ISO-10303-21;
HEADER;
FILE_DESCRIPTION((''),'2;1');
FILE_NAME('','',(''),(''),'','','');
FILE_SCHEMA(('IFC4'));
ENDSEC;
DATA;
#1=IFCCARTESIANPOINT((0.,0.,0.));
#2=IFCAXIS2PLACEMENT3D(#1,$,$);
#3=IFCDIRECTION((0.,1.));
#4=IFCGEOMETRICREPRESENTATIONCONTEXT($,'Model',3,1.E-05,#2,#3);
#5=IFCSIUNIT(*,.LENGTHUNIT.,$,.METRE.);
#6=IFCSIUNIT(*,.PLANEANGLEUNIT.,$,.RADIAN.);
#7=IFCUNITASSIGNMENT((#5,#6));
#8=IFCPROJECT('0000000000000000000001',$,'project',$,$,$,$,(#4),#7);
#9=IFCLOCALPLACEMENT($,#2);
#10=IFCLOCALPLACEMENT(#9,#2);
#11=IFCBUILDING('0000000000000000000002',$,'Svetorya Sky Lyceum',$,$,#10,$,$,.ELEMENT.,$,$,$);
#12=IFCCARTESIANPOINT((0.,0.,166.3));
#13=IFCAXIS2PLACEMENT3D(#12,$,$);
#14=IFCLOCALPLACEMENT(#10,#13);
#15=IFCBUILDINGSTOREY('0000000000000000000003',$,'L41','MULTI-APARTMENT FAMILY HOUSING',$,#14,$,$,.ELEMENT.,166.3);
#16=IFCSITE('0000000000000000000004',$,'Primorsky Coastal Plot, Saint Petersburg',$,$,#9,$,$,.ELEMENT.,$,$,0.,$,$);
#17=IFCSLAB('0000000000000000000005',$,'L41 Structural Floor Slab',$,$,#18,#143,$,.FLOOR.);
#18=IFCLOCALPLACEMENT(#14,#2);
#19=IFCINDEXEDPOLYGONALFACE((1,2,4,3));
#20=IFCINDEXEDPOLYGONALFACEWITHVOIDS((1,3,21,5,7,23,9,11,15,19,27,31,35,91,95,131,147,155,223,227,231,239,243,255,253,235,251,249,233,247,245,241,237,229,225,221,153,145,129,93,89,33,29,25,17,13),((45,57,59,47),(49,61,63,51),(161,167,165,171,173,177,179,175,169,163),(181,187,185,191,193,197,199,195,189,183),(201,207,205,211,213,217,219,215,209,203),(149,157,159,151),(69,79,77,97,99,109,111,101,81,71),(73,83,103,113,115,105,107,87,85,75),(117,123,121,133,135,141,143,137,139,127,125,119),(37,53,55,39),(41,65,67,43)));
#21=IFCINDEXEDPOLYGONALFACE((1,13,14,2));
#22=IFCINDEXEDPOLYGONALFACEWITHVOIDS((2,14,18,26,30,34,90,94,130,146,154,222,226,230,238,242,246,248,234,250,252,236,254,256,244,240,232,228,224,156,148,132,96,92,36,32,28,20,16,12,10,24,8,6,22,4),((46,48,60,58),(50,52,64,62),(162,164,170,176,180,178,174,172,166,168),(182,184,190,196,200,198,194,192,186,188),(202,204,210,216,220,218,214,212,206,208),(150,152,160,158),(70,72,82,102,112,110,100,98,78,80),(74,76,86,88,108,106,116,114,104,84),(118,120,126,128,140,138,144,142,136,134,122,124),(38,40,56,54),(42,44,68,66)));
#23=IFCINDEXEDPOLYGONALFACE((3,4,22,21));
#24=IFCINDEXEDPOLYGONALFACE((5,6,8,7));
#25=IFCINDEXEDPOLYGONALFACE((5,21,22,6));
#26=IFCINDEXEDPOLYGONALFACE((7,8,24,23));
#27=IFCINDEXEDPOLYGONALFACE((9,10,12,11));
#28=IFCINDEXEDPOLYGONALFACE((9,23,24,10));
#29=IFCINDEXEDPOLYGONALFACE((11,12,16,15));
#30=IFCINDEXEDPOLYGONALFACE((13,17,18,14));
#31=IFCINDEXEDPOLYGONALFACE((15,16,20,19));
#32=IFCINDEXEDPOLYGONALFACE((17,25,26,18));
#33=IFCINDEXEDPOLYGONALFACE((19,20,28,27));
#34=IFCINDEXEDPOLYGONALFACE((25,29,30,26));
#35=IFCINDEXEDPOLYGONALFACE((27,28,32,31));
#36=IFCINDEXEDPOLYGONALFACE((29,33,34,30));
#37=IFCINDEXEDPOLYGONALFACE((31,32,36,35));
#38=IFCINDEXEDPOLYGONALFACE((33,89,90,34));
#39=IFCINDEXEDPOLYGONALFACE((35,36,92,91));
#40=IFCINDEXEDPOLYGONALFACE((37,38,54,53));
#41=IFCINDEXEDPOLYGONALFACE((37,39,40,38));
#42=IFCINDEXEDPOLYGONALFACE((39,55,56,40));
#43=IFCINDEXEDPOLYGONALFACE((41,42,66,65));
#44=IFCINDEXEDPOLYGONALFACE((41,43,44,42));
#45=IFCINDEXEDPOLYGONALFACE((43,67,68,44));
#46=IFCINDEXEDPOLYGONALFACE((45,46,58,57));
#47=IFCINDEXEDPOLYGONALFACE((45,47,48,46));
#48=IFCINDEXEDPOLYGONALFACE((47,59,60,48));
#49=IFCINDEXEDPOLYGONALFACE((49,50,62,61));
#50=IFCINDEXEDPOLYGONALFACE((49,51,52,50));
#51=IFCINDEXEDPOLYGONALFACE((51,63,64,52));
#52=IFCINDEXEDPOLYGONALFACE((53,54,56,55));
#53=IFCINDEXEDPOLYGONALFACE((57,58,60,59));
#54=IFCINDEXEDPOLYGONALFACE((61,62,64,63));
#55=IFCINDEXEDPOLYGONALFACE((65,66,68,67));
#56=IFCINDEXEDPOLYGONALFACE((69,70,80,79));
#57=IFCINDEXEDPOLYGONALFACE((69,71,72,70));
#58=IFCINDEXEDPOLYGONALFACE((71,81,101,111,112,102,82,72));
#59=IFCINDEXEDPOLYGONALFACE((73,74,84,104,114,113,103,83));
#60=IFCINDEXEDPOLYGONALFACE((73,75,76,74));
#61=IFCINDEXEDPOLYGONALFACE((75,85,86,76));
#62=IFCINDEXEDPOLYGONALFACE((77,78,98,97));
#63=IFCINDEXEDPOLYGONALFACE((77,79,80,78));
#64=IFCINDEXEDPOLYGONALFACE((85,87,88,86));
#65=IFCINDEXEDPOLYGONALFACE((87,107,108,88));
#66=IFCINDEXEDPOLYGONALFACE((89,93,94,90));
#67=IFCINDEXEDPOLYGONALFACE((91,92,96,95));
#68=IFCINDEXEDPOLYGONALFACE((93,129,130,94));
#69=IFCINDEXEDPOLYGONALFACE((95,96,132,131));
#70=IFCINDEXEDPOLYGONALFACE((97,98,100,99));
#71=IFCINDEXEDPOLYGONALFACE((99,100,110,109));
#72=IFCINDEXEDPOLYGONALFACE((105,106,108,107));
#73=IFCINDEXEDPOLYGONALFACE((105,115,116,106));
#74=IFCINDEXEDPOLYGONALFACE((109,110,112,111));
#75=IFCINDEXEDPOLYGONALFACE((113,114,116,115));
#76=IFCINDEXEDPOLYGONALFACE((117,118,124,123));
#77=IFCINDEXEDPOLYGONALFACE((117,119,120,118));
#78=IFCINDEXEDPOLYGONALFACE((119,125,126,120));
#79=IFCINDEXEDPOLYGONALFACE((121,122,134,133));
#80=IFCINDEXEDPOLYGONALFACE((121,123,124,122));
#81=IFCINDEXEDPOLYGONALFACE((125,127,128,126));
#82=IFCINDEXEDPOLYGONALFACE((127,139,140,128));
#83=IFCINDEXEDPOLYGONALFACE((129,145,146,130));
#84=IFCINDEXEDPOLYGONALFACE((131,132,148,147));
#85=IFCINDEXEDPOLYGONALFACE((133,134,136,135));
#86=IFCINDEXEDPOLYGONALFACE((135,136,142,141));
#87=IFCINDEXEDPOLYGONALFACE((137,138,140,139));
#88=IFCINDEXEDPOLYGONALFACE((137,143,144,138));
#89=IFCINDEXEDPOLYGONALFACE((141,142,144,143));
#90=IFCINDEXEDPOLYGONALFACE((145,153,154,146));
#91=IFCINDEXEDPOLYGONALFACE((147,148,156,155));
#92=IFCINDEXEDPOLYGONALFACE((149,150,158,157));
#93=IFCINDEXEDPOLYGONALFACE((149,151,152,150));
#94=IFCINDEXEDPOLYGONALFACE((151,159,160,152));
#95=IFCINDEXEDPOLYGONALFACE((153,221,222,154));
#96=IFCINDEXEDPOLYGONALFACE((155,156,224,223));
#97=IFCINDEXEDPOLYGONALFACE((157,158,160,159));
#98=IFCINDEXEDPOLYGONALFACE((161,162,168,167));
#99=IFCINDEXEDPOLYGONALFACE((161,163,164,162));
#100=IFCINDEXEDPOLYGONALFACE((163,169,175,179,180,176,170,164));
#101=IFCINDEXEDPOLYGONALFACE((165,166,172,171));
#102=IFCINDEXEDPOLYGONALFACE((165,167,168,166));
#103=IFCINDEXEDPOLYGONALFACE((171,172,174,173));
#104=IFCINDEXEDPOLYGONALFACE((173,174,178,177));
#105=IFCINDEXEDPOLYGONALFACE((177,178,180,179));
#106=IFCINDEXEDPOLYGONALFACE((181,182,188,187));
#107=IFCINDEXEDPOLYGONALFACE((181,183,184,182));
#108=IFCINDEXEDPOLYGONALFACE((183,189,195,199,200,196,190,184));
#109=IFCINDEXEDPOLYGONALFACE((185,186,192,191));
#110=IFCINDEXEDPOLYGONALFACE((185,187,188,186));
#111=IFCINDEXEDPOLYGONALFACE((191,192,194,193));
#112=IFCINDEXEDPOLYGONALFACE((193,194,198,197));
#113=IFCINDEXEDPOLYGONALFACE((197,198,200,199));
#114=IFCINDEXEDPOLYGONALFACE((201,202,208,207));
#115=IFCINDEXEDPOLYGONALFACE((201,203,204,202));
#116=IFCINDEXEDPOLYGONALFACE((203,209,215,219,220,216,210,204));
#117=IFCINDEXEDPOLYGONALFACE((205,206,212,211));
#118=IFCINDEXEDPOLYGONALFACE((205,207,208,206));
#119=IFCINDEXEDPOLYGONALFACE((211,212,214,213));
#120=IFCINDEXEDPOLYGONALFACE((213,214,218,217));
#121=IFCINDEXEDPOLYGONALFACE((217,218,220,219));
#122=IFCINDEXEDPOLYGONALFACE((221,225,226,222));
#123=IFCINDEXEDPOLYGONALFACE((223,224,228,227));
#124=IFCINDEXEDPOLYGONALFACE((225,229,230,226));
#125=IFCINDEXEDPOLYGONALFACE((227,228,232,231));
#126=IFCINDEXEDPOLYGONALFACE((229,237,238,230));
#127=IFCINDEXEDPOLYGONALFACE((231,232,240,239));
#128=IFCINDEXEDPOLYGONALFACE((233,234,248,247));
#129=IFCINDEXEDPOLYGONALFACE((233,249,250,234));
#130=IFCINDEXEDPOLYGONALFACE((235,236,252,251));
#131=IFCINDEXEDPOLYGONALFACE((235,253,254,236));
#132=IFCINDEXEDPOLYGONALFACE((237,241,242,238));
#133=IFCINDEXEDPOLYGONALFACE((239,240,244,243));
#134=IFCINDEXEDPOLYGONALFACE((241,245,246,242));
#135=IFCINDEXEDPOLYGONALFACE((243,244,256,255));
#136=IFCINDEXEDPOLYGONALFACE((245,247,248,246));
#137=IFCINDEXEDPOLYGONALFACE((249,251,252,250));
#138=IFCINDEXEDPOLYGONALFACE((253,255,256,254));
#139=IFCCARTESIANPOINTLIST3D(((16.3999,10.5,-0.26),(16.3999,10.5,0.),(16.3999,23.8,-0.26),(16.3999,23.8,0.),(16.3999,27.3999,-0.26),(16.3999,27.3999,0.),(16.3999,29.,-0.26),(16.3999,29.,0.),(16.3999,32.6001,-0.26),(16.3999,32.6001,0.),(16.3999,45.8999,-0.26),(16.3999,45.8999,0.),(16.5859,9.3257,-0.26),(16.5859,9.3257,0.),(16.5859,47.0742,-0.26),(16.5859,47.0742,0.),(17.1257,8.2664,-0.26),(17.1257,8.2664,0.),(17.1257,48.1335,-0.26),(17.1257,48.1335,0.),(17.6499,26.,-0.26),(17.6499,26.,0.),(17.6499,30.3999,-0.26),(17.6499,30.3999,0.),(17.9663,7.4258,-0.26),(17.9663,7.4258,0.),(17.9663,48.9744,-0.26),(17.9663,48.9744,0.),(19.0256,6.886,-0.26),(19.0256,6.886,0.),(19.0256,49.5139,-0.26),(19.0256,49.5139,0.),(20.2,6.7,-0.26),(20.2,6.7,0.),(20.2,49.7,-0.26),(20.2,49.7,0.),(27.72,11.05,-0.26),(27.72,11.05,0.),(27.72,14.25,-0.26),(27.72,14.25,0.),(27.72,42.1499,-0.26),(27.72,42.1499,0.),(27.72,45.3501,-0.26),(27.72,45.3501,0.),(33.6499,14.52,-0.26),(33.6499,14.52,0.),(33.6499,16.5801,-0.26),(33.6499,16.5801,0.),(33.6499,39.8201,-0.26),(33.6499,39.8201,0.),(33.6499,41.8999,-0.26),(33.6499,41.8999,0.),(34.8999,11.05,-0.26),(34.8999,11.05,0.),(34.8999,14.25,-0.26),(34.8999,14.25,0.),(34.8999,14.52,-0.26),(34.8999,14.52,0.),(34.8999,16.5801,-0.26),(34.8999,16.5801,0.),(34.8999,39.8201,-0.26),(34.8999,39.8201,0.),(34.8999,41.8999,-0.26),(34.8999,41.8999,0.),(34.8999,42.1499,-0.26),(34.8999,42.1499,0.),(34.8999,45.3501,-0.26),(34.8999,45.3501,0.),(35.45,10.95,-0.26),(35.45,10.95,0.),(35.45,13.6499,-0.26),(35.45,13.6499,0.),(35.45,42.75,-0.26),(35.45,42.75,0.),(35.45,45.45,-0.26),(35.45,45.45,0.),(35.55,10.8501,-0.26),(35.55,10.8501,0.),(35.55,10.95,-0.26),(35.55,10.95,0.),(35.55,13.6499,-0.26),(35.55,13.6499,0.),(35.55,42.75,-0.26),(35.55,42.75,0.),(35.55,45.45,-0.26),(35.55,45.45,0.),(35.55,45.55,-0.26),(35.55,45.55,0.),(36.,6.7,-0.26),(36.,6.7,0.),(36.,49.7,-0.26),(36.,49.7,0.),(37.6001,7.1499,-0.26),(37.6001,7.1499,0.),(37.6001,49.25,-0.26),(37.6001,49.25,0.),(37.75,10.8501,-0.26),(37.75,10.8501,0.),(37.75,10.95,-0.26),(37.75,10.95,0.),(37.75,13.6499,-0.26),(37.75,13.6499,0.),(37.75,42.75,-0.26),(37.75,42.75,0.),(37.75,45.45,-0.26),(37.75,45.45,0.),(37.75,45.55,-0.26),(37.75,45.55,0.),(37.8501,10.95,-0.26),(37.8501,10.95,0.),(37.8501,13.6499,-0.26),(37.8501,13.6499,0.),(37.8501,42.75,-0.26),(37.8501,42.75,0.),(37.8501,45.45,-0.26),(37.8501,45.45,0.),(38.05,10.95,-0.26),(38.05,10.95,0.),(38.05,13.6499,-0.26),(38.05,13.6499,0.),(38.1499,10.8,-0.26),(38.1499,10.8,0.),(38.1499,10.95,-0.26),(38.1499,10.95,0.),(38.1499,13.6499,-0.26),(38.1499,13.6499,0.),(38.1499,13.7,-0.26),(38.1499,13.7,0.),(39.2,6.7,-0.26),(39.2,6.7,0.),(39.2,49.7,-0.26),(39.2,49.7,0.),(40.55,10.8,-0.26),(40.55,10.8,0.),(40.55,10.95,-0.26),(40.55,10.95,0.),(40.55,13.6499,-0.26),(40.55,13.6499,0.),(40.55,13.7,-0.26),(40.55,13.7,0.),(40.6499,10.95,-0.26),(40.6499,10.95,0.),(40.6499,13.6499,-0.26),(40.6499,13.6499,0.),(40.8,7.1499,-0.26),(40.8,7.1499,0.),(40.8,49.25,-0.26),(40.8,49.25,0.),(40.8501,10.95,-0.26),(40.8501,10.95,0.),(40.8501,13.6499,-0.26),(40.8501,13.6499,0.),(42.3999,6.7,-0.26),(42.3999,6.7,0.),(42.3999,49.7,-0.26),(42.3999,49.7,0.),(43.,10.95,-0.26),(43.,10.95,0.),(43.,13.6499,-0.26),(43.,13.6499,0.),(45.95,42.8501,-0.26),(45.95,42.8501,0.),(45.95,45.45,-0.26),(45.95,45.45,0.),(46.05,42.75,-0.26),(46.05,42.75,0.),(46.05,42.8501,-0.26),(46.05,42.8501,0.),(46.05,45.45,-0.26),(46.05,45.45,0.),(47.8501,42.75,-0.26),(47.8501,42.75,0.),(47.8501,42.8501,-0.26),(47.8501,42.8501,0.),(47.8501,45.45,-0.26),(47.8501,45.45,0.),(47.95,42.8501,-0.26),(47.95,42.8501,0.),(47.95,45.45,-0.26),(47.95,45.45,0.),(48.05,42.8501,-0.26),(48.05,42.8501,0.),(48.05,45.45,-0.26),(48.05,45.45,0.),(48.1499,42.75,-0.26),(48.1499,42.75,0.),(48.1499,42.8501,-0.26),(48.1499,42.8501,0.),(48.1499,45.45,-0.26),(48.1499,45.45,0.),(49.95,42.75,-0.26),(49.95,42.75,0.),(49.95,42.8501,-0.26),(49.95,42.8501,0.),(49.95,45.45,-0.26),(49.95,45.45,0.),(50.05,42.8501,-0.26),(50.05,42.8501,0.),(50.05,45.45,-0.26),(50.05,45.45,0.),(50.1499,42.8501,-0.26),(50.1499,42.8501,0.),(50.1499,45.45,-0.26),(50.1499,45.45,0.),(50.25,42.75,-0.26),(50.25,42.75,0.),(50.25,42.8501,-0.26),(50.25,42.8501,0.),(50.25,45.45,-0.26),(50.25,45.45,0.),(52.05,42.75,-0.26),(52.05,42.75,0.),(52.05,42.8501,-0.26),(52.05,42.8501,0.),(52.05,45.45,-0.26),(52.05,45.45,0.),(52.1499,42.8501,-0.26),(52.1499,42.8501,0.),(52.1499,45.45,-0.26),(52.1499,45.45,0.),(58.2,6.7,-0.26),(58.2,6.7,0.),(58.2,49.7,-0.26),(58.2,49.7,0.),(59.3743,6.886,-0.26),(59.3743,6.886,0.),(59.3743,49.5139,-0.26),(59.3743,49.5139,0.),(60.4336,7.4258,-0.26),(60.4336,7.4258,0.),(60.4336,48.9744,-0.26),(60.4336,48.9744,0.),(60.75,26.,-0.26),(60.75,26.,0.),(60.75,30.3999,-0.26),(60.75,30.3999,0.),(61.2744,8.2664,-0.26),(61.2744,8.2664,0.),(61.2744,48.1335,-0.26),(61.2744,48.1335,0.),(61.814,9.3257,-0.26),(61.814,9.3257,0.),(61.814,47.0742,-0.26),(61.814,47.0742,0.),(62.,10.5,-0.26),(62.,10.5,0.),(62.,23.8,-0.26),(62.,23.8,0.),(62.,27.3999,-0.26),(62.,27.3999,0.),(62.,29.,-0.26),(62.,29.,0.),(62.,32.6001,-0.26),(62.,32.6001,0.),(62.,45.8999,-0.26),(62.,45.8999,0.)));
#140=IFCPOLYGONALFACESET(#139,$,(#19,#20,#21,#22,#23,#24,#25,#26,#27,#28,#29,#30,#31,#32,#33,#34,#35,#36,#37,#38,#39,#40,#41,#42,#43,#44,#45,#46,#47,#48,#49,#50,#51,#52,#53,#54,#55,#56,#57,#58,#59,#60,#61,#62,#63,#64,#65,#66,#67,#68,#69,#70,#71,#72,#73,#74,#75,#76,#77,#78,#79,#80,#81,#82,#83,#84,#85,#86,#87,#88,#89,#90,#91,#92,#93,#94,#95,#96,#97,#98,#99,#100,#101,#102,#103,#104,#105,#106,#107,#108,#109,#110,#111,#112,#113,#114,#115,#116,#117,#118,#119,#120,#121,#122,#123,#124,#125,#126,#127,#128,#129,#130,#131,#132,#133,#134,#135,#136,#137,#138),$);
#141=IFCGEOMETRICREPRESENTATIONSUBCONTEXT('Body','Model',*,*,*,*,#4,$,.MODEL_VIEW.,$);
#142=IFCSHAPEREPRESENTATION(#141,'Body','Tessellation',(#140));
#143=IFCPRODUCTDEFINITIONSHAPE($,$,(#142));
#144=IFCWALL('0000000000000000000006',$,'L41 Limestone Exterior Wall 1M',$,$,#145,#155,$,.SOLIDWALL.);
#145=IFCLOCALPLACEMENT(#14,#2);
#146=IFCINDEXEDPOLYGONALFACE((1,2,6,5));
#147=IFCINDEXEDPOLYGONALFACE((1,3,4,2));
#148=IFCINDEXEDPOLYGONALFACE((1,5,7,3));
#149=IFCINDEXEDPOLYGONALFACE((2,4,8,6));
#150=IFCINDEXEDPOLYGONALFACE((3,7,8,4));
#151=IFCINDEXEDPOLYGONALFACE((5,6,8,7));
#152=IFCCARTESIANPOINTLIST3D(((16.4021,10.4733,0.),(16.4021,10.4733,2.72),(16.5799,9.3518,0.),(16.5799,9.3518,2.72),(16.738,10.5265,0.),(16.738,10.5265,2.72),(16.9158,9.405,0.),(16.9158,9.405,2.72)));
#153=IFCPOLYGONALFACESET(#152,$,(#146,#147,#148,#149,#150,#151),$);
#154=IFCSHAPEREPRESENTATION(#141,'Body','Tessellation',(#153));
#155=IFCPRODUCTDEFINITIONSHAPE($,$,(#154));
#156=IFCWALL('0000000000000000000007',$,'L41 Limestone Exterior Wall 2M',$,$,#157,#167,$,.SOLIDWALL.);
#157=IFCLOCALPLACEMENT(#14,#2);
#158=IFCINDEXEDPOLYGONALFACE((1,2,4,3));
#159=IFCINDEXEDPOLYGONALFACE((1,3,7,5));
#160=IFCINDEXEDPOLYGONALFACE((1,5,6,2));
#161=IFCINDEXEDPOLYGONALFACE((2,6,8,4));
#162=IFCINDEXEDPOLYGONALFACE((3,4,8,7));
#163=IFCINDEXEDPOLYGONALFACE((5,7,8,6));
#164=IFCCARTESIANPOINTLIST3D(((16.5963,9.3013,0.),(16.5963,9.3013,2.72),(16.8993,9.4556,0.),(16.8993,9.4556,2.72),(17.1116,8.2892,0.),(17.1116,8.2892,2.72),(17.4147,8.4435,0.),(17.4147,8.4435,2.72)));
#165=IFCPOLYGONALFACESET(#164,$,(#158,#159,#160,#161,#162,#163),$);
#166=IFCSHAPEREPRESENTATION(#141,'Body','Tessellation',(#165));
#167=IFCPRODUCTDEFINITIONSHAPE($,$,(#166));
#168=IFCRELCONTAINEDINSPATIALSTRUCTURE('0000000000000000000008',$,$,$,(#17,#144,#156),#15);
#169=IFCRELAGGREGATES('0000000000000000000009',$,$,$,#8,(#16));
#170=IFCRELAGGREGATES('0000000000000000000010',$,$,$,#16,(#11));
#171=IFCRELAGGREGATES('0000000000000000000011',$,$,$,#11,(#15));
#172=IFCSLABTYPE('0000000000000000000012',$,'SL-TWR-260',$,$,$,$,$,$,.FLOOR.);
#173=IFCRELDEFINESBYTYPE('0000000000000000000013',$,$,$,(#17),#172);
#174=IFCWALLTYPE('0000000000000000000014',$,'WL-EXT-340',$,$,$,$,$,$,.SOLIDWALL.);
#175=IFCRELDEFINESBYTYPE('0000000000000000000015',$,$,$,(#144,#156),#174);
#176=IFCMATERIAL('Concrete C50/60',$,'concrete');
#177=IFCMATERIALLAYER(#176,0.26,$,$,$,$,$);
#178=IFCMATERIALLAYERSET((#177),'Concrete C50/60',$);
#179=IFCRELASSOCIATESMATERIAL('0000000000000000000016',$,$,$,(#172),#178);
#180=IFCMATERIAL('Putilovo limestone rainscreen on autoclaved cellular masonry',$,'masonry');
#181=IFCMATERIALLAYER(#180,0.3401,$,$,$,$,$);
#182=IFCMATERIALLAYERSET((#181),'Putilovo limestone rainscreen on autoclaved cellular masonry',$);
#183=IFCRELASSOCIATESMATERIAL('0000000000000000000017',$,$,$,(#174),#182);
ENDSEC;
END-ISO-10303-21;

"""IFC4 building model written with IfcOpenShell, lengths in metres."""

from ifc_helpers import new_model, si_unit, direction, frame, frame_2d, origin, place, context, subcontext, project, spatial, polyline, rectangle, outline, extrude, material, layer, layer_set, type_object, element, save


model = new_model("IFC4")

# Units and contexts
model_context = context("Model", 3, precision=1e-05, world=origin(), true_north=direction((0.0, 1.0)))
body_context = subcontext(model_context, "Body", "Model", "MODEL_VIEW")
ifc_project = project(units=[si_unit("LENGTHUNIT", "METRE"), si_unit("PLANEANGLEUNIT", "RADIAN")], contexts=[model_context])

# Site, building, storey
site_placement = place(None, origin())
site = spatial("IfcSite", under=ifc_project, at=site_placement, Name="Primorsky Coastal Plot, Saint Petersburg", CompositionType="ELEMENT", RefElevation=0.0)
building_placement = place(site_placement, origin())
building = spatial("IfcBuilding", under=site, at=building_placement, Name="Svetorya Sky Lyceum", CompositionType="ELEMENT")
storey_placement = place(building_placement, frame((0.0, 0.0, 166.3)))
storey = spatial("IfcBuildingStorey", under=building, at=storey_placement, Name="L41", Description="MULTI-APARTMENT FAMILY HOUSING", CompositionType="ELEMENT", Elevation=166.3)

# Slab
ifc_material_1 = material(Name="Concrete C50/60", Category="concrete")
ifc_layer_1 = layer(ifc_material_1, 0.26)
ifc_layer_set_1 = layer_set([ifc_layer_1], Name="Concrete C50/60")
slab_type_1 = type_object("IfcSlabType", Name="SL-TWR-260", PredefinedType="FLOOR", material=ifc_layer_set_1)
slab_1_placement = place(storey_placement, frame((0.0, 0.0, -0.26)))
element("IfcSlab", 1, at=slab_1_placement, inside=storey, type_object=slab_type_1, Name="L41 Structural Floor Slab", PredefinedType="FLOOR", context=body_context, shape_type="SweptSolid", body=[
    extrude(outline(polyline([(16.3999, 10.5), (16.5859, 9.3257), (17.1257, 8.2664), (17.9663, 7.4258), (19.0256, 6.886), (20.2, 6.7), (36.0, 6.7), (37.6001, 7.1499), (39.2, 6.7), (40.8, 7.1499), (42.3999, 6.7), (58.2, 6.7), (59.3743, 6.886), (60.4336, 7.4258), (61.2744, 8.2664), (61.814, 9.3257), (62.0, 10.5), (62.0, 23.8), (60.75, 26.0), (62.0, 27.3999), (62.0, 29.0), (60.75, 30.3999), (62.0, 32.6001), (62.0, 45.8999), (61.814, 47.0742), (61.2744, 48.1335), (60.4336, 48.9744), (59.3743, 49.5139), (58.2, 49.7), (42.3999, 49.7), (40.8, 49.25), (39.2, 49.7), (37.6001, 49.25), (36.0, 49.7), (20.2, 49.7), (19.0256, 49.5139), (17.9663, 48.9744), (17.1257, 48.1335), (16.5859, 47.0742), (16.3999, 45.8999), (16.3999, 32.6001), (17.6499, 30.3999), (16.3999, 29.0), (16.3999, 27.3999), (17.6499, 26.0), (16.3999, 23.8), (16.3999, 10.5)]), holes=[polyline([(37.8501, 10.95), (37.75, 10.95), (37.75, 10.8501), (35.55, 10.8501), (35.55, 10.95), (35.45, 10.95), (35.45, 13.6499), (35.55, 13.6499), (37.75, 13.6499), (37.8501, 13.6499), (37.8501, 10.95)]), polyline([(38.1499, 10.8), (38.1499, 10.95), (38.05, 10.95), (38.05, 13.6499), (38.1499, 13.6499), (38.1499, 13.7), (40.55, 13.7), (40.55, 13.6499), (40.6499, 13.6499), (40.6499, 10.95), (40.55, 10.95), (40.55, 10.8), (38.1499, 10.8)]), polyline([(27.72, 11.05), (27.72, 14.25), (34.8999, 14.25), (34.8999, 11.05), (27.72, 11.05)]), polyline([(33.6499, 14.52), (33.6499, 16.5801), (34.8999, 16.5801), (34.8999, 14.52), (33.6499, 14.52)]), polyline([(33.6499, 39.8201), (33.6499, 41.8999), (34.8999, 41.8999), (34.8999, 39.8201), (33.6499, 39.8201)]), polyline([(27.72, 42.1499), (27.72, 45.3501), (34.8999, 45.3501), (34.8999, 42.1499), (27.72, 42.1499)]), polyline([(37.75, 42.75), (35.55, 42.75), (35.45, 42.75), (35.45, 45.45), (35.55, 45.45), (35.55, 45.55), (37.75, 45.55), (37.75, 45.45), (37.8501, 45.45), (37.8501, 42.75), (37.75, 42.75)]), polyline([(40.8501, 10.95), (40.8501, 13.6499), (43.0, 13.6499), (43.0, 10.95), (40.8501, 10.95)]), polyline([(46.05, 42.75), (46.05, 42.8501), (45.95, 42.8501), (45.95, 45.45), (46.05, 45.45), (47.8501, 45.45), (47.95, 45.45), (47.95, 42.8501), (47.8501, 42.8501), (47.8501, 42.75), (46.05, 42.75)]), polyline([(50.05, 42.8501), (49.95, 42.8501), (49.95, 42.75), (48.1499, 42.75), (48.1499, 42.8501), (48.05, 42.8501), (48.05, 45.45), (48.1499, 45.45), (49.95, 45.45), (50.05, 45.45), (50.05, 42.8501)]), polyline([(52.1499, 42.8501), (52.05, 42.8501), (52.05, 42.75), (50.25, 42.75), (50.25, 42.8501), (50.1499, 42.8501), (50.1499, 45.45), (50.25, 45.45), (52.05, 45.45), (52.1499, 45.45), (52.1499, 42.8501)])]), origin(), (0.0, 0.0, 1.0), 0.26),
])

# Walls
ifc_material_2 = material(Name="Putilovo limestone rainscreen on autoclaved cellular masonry", Category="masonry")
ifc_layer_2 = layer(ifc_material_2, 0.3401)
ifc_layer_set_2 = layer_set([ifc_layer_2], Name="Putilovo limestone rainscreen on autoclaved cellular masonry")
wall_type_1 = type_object("IfcWallType", Name="WL-EXT-340", PredefinedType="SOLIDWALL", material=ifc_layer_set_2)
wall_1_placement = place(storey_placement, frame((16.5701, 10.5, 0.0), z_axis=(0.0, 0.0, 1.0), x_axis=(0.156515, -0.987676, 0.0)))
element("IfcWall", 2, at=wall_1_placement, inside=storey, type_object=wall_type_1, Name="L41 Limestone Exterior Wall 1M", PredefinedType="SOLIDWALL", context=body_context, shape_type="SweptSolid", body=[
    extrude(rectangle(XDim=1.1355, YDim=0.3401, at=frame_2d((0.5679, 0.0))), origin(), (0.0, 0.0, 1.0), 2.72),
])
wall_2_placement = place(storey_placement, frame((16.7478, 9.3784, 0.0), z_axis=(0.0, 0.0, 1.0), x_axis=(0.453736, -0.891136, 0.0)))
element("IfcWall", 3, at=wall_2_placement, inside=storey, type_object=wall_type_1, Name="L41 Limestone Exterior Wall 2M", PredefinedType="SOLIDWALL", context=body_context, shape_type="SweptSolid", body=[
    extrude(rectangle(XDim=1.1357, YDim=0.3401, at=frame_2d((0.5679, 0.0))), origin(), (0.0, 0.0, 1.0), 2.72),
])

save(model, "model.ifc")
